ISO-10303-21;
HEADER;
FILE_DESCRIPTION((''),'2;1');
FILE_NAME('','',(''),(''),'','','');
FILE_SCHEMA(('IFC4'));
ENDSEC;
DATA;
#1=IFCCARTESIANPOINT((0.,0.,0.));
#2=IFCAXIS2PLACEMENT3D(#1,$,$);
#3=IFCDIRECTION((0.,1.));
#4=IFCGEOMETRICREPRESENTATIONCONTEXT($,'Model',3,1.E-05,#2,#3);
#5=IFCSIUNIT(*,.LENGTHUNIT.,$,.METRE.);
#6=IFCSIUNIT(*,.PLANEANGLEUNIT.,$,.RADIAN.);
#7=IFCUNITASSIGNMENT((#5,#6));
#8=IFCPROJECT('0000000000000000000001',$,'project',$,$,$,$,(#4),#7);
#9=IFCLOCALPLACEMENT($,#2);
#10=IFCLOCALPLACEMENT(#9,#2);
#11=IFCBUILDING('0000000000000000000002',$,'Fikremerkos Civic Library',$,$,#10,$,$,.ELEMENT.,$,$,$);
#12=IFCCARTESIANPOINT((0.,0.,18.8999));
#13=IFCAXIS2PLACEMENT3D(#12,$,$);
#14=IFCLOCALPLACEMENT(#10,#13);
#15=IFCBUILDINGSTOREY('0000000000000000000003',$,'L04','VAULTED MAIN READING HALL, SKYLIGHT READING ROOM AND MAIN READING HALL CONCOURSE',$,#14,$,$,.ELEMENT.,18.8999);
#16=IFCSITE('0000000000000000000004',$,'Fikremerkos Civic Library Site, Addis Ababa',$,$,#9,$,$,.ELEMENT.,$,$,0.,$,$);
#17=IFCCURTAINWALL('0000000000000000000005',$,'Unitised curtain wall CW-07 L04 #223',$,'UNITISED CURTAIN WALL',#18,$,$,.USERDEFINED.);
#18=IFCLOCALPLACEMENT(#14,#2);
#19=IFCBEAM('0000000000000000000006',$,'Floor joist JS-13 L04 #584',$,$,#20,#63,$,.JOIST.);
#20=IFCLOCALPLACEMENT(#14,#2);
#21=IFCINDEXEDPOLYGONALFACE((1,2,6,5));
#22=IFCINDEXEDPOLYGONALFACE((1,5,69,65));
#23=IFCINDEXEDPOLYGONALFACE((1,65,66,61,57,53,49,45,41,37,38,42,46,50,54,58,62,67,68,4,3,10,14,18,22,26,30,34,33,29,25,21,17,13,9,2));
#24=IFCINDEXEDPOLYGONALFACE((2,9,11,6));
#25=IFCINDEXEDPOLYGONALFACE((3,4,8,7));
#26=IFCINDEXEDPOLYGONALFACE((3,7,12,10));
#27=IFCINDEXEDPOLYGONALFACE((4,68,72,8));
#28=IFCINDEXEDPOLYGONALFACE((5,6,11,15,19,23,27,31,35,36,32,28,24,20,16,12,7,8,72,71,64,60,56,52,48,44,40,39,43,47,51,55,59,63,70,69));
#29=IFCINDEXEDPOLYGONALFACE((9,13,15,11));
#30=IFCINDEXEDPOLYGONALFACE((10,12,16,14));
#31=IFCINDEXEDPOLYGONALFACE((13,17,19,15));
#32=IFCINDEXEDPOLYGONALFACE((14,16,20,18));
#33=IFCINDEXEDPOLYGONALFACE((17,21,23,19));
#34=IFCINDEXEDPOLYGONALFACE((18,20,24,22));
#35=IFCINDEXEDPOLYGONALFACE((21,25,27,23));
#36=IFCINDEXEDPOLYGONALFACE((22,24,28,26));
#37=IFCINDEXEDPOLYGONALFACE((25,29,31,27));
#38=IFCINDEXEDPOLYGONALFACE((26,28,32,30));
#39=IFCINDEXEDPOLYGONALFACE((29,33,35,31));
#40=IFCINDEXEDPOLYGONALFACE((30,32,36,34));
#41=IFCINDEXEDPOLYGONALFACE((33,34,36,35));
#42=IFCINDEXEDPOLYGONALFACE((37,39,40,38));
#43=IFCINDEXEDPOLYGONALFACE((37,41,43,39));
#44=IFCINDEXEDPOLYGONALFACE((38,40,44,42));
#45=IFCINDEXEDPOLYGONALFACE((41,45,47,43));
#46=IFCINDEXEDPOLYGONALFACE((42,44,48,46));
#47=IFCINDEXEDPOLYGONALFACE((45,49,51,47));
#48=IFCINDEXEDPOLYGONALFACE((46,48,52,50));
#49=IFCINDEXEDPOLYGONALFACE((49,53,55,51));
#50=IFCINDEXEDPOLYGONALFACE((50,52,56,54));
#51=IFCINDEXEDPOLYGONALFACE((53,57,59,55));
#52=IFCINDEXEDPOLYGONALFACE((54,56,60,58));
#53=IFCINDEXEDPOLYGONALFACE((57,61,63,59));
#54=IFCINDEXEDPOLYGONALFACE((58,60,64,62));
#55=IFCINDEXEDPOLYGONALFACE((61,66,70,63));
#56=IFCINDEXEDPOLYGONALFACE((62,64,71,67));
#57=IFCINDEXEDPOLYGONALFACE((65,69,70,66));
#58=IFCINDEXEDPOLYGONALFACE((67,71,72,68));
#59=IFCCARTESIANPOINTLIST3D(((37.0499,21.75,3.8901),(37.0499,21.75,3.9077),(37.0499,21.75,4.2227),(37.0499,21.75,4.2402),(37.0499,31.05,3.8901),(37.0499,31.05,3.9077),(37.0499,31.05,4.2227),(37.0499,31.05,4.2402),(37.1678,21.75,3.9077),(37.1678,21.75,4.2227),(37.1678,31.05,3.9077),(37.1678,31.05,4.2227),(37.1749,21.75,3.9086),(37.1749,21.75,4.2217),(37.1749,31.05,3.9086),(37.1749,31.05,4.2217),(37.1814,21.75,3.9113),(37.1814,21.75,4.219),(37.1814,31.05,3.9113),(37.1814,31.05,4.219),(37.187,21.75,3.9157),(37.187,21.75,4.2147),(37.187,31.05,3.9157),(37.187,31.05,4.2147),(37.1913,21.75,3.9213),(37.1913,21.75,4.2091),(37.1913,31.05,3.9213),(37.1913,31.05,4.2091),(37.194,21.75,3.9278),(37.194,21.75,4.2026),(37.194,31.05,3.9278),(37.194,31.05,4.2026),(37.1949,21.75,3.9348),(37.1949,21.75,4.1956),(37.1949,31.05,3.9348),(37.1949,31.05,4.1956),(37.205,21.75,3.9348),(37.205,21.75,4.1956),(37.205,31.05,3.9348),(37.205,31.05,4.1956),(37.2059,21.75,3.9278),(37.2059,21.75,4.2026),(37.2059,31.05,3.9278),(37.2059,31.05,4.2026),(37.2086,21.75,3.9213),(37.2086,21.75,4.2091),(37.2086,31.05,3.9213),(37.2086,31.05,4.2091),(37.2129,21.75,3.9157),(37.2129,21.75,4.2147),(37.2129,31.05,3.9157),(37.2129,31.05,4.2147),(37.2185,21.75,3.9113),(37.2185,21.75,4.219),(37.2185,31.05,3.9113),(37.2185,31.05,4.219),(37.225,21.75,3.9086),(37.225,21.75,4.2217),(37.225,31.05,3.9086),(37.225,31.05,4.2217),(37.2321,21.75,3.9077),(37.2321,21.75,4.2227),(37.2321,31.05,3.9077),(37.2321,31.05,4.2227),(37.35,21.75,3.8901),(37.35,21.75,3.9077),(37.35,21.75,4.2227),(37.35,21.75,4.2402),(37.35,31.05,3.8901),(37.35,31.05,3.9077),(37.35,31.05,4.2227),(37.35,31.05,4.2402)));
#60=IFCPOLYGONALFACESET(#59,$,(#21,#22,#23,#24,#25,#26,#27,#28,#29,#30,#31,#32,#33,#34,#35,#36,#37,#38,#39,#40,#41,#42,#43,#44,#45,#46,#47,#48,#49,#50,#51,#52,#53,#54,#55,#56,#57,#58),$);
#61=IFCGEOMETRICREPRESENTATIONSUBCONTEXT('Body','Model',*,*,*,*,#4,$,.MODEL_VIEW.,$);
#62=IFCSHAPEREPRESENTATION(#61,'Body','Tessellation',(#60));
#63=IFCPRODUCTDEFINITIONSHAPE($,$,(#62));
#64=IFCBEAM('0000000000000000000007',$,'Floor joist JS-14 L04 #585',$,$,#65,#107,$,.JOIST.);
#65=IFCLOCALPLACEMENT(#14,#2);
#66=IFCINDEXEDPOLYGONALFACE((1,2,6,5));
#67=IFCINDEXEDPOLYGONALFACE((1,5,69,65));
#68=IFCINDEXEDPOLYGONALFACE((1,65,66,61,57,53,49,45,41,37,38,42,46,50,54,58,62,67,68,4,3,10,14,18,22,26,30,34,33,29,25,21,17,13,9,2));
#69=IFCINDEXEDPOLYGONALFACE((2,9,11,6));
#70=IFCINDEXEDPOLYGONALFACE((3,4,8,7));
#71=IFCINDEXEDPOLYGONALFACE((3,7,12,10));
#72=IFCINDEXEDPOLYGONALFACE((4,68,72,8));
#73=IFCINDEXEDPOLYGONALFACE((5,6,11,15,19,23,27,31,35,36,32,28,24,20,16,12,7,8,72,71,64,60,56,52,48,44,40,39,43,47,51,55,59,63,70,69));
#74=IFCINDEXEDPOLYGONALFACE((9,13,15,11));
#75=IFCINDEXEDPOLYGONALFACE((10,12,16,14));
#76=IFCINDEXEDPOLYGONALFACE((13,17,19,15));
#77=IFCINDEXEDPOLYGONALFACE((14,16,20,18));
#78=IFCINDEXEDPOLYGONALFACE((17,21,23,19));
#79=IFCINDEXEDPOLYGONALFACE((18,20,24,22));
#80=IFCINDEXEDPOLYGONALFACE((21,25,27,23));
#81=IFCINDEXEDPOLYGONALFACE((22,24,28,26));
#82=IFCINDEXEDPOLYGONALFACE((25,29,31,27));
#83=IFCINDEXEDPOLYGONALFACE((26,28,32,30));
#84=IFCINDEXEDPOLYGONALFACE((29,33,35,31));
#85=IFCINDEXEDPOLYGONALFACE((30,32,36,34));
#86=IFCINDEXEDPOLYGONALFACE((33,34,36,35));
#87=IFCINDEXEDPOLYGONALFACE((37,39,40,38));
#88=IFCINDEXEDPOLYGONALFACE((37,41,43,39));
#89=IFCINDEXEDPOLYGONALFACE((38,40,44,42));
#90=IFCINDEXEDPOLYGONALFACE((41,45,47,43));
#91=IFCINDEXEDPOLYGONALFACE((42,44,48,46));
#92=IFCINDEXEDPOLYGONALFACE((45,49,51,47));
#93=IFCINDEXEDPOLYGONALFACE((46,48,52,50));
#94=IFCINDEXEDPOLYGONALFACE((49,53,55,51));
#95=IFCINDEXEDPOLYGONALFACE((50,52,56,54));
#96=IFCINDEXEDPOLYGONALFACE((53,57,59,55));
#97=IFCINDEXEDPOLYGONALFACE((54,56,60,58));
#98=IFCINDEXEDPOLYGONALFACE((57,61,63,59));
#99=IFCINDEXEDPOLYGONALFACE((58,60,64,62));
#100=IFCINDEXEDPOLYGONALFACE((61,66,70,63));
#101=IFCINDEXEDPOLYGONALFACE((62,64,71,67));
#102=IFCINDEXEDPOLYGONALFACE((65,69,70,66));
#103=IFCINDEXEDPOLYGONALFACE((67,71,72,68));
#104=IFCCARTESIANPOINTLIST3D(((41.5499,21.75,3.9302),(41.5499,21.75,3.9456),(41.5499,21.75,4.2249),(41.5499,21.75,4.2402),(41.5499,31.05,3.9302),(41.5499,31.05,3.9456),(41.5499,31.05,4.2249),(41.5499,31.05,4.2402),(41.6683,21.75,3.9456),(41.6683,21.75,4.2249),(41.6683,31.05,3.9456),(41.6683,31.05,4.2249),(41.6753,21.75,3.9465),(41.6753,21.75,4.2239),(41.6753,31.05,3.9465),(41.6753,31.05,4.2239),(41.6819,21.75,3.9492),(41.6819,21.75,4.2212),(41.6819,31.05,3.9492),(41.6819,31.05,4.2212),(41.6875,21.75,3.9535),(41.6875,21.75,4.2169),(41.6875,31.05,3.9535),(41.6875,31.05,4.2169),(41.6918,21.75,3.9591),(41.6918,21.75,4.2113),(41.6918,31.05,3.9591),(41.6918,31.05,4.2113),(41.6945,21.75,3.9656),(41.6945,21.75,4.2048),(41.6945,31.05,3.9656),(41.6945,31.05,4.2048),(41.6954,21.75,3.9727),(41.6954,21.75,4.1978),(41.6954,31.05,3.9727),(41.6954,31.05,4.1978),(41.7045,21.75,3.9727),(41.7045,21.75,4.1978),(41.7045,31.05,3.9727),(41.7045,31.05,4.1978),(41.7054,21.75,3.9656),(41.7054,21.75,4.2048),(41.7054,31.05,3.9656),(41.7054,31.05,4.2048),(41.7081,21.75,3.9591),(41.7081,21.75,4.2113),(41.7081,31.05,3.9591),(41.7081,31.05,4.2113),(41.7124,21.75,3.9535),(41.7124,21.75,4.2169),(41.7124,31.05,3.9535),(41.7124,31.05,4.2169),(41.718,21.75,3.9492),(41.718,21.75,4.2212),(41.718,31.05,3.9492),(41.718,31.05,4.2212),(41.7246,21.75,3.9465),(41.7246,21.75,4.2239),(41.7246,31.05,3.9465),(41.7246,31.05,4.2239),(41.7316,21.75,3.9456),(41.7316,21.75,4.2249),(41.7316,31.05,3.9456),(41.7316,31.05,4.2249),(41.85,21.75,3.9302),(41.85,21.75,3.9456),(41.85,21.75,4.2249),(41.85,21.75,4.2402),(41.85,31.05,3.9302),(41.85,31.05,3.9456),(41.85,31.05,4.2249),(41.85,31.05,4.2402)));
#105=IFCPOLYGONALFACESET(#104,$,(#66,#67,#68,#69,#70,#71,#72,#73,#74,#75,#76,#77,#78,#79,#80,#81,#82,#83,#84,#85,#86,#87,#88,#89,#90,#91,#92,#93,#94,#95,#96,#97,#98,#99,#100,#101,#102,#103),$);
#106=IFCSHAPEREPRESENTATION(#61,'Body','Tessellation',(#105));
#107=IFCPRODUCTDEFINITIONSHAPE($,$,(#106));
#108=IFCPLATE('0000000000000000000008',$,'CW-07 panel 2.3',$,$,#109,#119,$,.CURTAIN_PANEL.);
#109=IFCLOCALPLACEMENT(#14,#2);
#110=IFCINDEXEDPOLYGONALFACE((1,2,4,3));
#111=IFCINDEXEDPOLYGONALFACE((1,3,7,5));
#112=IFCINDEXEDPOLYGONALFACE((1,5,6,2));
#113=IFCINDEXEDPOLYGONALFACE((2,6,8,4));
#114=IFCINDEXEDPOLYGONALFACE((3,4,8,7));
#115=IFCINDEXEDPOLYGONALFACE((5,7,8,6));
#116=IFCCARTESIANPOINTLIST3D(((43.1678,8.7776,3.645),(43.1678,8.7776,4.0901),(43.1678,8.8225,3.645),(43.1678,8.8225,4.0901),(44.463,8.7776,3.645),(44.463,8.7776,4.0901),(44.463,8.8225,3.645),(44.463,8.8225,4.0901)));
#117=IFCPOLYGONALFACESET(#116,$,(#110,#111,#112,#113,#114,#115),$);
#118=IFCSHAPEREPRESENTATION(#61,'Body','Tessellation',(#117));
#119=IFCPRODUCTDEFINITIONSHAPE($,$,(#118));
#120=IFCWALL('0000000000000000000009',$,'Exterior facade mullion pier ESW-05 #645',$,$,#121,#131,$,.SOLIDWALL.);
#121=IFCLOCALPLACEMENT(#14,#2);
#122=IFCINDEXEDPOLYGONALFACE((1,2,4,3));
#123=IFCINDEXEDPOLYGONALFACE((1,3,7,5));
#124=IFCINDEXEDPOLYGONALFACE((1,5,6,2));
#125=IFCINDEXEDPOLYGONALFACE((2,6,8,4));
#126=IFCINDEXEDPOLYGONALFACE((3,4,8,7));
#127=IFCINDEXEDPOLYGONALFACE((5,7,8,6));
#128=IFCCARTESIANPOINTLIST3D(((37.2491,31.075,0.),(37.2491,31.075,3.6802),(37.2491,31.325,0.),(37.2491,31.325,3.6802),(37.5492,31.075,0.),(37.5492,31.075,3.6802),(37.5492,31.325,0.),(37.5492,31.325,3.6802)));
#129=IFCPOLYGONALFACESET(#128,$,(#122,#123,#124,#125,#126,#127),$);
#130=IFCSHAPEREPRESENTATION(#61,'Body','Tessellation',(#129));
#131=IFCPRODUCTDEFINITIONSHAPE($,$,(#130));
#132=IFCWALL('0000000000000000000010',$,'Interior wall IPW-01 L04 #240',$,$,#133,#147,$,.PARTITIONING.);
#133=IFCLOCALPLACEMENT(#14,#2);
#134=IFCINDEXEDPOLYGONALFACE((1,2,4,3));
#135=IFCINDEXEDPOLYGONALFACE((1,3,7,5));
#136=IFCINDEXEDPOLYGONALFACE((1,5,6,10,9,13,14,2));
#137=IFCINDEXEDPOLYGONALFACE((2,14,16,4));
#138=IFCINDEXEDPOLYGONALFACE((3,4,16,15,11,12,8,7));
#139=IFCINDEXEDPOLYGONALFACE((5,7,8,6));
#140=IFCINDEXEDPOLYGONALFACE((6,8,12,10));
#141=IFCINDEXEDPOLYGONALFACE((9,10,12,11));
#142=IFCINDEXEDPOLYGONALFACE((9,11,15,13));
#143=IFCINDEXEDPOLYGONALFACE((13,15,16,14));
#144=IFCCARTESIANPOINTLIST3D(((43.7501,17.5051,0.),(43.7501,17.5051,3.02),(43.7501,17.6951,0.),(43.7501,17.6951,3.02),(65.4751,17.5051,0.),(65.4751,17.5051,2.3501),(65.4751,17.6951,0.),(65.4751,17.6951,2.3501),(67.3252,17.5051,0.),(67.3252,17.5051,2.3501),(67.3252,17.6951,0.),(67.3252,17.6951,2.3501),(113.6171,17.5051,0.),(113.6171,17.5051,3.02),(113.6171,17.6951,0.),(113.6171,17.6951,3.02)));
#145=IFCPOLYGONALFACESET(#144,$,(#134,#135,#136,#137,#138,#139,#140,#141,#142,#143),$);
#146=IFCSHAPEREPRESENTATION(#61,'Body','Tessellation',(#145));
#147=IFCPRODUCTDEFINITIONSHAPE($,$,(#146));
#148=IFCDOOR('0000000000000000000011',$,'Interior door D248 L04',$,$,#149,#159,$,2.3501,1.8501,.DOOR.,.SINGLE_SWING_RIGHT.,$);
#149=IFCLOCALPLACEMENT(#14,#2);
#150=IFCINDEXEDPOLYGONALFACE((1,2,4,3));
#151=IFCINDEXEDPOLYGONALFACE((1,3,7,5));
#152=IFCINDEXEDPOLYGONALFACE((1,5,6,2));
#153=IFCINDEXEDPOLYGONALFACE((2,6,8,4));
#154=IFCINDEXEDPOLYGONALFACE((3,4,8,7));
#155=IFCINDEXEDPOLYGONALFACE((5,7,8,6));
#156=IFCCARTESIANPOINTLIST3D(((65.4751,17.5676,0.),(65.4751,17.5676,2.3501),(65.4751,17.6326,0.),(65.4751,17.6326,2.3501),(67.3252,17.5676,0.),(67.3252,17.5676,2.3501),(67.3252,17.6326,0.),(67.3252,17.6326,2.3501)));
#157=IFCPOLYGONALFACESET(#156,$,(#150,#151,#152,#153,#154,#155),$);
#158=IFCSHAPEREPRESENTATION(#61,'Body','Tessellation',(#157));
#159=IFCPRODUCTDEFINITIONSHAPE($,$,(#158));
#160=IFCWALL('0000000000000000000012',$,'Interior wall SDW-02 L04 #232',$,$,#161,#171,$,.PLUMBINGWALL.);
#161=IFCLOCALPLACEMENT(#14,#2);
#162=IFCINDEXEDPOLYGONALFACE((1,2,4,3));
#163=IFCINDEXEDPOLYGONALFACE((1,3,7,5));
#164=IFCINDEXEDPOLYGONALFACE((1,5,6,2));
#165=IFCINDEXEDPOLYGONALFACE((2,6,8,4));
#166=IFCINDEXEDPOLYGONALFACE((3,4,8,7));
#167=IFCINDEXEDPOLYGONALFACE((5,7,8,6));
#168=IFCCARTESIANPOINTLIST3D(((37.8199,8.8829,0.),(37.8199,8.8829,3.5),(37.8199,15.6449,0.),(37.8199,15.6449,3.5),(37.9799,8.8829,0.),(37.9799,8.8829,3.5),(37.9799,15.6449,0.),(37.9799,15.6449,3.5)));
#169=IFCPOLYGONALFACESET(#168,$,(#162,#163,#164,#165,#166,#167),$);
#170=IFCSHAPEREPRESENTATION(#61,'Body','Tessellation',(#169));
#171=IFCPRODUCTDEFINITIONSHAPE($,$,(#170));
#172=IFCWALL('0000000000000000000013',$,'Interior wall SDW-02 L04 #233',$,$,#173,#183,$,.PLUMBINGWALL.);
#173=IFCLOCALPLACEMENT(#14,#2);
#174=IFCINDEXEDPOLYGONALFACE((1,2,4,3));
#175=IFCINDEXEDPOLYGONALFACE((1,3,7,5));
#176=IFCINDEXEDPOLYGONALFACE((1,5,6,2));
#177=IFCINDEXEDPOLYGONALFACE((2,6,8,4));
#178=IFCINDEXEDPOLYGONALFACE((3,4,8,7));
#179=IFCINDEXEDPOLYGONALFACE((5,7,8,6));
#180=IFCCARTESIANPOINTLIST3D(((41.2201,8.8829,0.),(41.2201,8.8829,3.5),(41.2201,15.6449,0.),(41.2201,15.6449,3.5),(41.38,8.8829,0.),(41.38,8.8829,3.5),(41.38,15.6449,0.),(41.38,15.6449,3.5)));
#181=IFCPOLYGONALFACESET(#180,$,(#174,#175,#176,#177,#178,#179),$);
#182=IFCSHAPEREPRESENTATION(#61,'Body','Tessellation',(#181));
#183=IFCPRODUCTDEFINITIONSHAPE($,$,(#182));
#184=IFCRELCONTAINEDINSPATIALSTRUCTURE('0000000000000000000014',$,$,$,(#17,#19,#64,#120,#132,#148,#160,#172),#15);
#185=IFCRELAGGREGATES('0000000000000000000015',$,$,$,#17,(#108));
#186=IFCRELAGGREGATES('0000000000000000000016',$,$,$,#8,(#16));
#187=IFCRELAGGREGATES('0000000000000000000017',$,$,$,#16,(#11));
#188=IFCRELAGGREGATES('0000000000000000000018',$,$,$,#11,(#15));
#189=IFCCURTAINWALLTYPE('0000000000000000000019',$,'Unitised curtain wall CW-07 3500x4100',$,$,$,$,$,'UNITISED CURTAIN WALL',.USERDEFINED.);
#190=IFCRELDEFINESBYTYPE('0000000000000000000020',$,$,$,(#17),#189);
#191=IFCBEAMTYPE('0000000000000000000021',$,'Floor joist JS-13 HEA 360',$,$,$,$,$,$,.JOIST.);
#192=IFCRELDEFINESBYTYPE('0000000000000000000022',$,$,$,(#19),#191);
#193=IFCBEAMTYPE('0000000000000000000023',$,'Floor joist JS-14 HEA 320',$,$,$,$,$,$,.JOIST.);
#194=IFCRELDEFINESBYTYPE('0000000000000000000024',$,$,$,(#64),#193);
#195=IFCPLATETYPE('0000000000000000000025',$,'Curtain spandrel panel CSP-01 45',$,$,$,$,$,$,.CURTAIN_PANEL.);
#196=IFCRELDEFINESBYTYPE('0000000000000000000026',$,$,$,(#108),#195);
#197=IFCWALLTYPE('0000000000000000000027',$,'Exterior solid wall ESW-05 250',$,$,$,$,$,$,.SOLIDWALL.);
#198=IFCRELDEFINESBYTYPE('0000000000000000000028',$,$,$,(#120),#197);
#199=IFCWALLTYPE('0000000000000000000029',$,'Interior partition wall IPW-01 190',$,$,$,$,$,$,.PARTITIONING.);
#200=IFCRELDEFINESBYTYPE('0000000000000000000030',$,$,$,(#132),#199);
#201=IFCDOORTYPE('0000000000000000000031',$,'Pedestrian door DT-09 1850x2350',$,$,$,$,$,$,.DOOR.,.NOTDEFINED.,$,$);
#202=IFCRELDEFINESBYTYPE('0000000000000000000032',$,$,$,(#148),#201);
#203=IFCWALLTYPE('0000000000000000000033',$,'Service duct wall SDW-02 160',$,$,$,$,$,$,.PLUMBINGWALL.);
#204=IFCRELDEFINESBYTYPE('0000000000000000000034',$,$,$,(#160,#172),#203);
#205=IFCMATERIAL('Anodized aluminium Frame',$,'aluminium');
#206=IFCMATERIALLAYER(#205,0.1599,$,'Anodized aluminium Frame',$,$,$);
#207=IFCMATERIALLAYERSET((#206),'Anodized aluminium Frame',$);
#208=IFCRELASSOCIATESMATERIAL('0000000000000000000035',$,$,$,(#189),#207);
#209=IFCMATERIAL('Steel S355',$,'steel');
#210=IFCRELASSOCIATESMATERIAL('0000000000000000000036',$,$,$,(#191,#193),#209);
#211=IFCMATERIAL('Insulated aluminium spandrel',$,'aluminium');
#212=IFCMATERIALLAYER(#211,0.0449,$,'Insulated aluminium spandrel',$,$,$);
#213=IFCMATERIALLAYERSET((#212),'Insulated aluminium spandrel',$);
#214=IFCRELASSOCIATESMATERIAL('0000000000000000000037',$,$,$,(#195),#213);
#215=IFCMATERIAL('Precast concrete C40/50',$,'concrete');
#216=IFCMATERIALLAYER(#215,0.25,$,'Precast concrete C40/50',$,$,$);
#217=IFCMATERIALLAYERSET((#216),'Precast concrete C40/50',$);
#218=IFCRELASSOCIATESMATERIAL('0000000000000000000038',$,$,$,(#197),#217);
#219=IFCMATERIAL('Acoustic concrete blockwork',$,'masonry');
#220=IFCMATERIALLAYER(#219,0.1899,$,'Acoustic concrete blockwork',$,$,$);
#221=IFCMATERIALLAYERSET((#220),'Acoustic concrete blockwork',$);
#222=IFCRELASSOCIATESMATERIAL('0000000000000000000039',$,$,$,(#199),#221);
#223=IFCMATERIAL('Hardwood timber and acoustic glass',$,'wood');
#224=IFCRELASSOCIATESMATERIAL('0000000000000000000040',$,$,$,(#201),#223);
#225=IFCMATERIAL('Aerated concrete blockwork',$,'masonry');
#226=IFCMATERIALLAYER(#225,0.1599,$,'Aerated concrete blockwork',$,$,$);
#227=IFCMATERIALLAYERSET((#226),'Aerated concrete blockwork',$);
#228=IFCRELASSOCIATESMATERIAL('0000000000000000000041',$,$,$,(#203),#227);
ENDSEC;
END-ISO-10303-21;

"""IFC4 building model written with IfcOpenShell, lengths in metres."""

from ifc_helpers import new_model, si_unit, direction, frame, frame_2d, origin, origin_2d, place, context, subcontext, project, spatial, rectangle, i_section, extrude, material, layer, layer_set, material_profile, profile_set, type_object, element, fill, aggregate, save


model = new_model("IFC4")

# Units and contexts
model_context = context("Model", 3, precision=1e-05, world=origin(), true_north=direction((0.0, 1.0)))
body_context = subcontext(model_context, "Body", "Model", "MODEL_VIEW")
ifc_project = project(units=[si_unit("LENGTHUNIT", "METRE"), si_unit("PLANEANGLEUNIT", "RADIAN")], contexts=[model_context])

# Site, building, storey
site_placement = place(None, origin())
site = spatial("IfcSite", under=ifc_project, at=site_placement, Name="Fikremerkos Civic Library Site, Addis Ababa", CompositionType="ELEMENT", RefElevation=0.0)
building_placement = place(site_placement, origin())
building = spatial("IfcBuilding", under=site, at=building_placement, Name="Fikremerkos Civic Library", CompositionType="ELEMENT")
storey_placement = place(building_placement, frame((0.0, 0.0, 18.8999)))
storey = spatial("IfcBuildingStorey", under=building, at=storey_placement, Name="L04", Description="VAULTED MAIN READING HALL, SKYLIGHT READING ROOM AND MAIN READING HALL CONCOURSE", CompositionType="ELEMENT", Elevation=18.8999)

# Shared definitions
ifc_material_1 = material(Name="Anodized aluminium Frame", Category="aluminium")

# Curtain wall
ifc_layer_1 = layer(ifc_material_1, 0.1599, Name="Anodized aluminium Frame")
ifc_layer_set_1 = layer_set([ifc_layer_1], Name="Anodized aluminium Frame")
curtain_wall_type_1 = type_object("IfcCurtainWallType", Name="Unitised curtain wall CW-07 3500x4100", ElementType="UNITISED CURTAIN WALL", PredefinedType="USERDEFINED", material=ifc_layer_set_1)
curtain_wall_1_placement = place(storey_placement, origin())
curtain_wall_1 = element("IfcCurtainWall", 1, at=curtain_wall_1_placement, inside=storey, type_object=curtain_wall_type_1, Name="Unitised curtain wall CW-07 L04 #223", ObjectType="UNITISED CURTAIN WALL", PredefinedType="USERDEFINED")

# Beams
ifc_material_2 = material(Name="Steel S355", Category="steel")
ifc_material_profile_1 = material_profile(ifc_material_2, i_section(OverallWidth=0.3, OverallDepth=0.3501, WebThickness=0.01, FlangeThickness=0.0176, FilletRadius=0.0271, at=origin_2d()), Name="HEA 360")
ifc_profile_set_1 = profile_set([ifc_material_profile_1], Name="Steel S355")
beam_type_1 = type_object("IfcBeamType", Name="Floor joist JS-13 HEA 360", PredefinedType="JOIST", material=ifc_profile_set_1)
beam_1_placement = place(storey_placement, frame((37.2, 21.75, 4.0652), z_axis=(0.0, 1.0, 0.0), x_axis=(-1.0, 0.0, 0.0)))
element("IfcBeam", 2, at=beam_1_placement, inside=storey, type_object=beam_type_1, Name="Floor joist JS-13 L04 #584", PredefinedType="JOIST", context=body_context, shape_type="SweptSolid", body=[
    extrude(i_section(OverallWidth=0.3, OverallDepth=0.3501, WebThickness=0.01, FlangeThickness=0.0176, FilletRadius=0.0271, at=origin_2d()), origin(), (0.0, 0.0, 1.0), 9.3),
])
ifc_material_profile_2 = material_profile(ifc_material_2, i_section(OverallWidth=0.3, OverallDepth=0.3101, WebThickness=0.009, FlangeThickness=0.0154, FilletRadius=0.0271, at=origin_2d()), Name="HEA 320")
ifc_profile_set_2 = profile_set([ifc_material_profile_2], Name="Steel S355")
beam_type_2 = type_object("IfcBeamType", Name="Floor joist JS-14 HEA 320", PredefinedType="JOIST", material=ifc_profile_set_2)
beam_2_placement = place(storey_placement, frame((41.7, 21.75, 4.0852), z_axis=(0.0, 1.0, 0.0), x_axis=(-1.0, 0.0, 0.0)))
element("IfcBeam", 3, at=beam_2_placement, inside=storey, type_object=beam_type_2, Name="Floor joist JS-14 L04 #585", PredefinedType="JOIST", context=body_context, shape_type="SweptSolid", body=[
    extrude(i_section(OverallWidth=0.3, OverallDepth=0.3101, WebThickness=0.009, FlangeThickness=0.0154, FilletRadius=0.0271, at=origin_2d()), origin(), (0.0, 0.0, 1.0), 9.3),
])

# Plate
ifc_material_3 = material(Name="Insulated aluminium spandrel", Category="aluminium")
ifc_layer_2 = layer(ifc_material_3, 0.0449, Name="Insulated aluminium spandrel")
ifc_layer_set_2 = layer_set([ifc_layer_2], Name="Insulated aluminium spandrel")
plate_type = type_object("IfcPlateType", Name="Curtain spandrel panel CSP-01 45", PredefinedType="CURTAIN_PANEL", material=ifc_layer_set_2)
plate_placement = place(storey_placement, frame((43.8154, 8.8, 3.645), z_axis=(0.0, 0.0, 1.0), x_axis=(-1.0, 0.0, 0.0)))
plate = element("IfcPlate", 4, at=plate_placement, type_object=plate_type, Name="CW-07 panel 2.3", PredefinedType="CURTAIN_PANEL", context=body_context, shape_type="SweptSolid", body=[
    extrude(rectangle(XDim=1.2952, YDim=0.0449, at=origin_2d()), origin(), (0.0, 0.0, 1.0), 0.4451),
])
aggregate(curtain_wall_1, [plate])

# Wall
ifc_material_4 = material(Name="Precast concrete C40/50", Category="concrete")
ifc_layer_3 = layer(ifc_material_4, 0.25, Name="Precast concrete C40/50")
ifc_layer_set_3 = layer_set([ifc_layer_3], Name="Precast concrete C40/50")
wall_type_1 = type_object("IfcWallType", Name="Exterior solid wall ESW-05 250", PredefinedType="SOLIDWALL", material=ifc_layer_set_3)
wall_1_placement = place(storey_placement, frame((37.2493, 31.2, 0.0), z_axis=(0.0, 0.0, 1.0), x_axis=(1.0, 0.0, 0.0)))
element("IfcWall", 5, at=wall_1_placement, inside=storey, type_object=wall_type_1, Name="Exterior facade mullion pier ESW-05 #645", PredefinedType="SOLIDWALL", context=body_context, shape_type="SweptSolid", body=[
    extrude(rectangle(XDim=0.3, YDim=0.25, at=frame_2d((0.1499, 0.0))), origin(), (0.0, 0.0, 1.0), 3.6802),
])

# Wall, opening, door
ifc_material_5 = material(Name="Acoustic concrete blockwork", Category="masonry")
ifc_layer_4 = layer(ifc_material_5, 0.1899, Name="Acoustic concrete blockwork")
ifc_layer_set_4 = layer_set([ifc_layer_4], Name="Acoustic concrete blockwork")
wall_type_2 = type_object("IfcWallType", Name="Interior partition wall IPW-01 190", PredefinedType="PARTITIONING", material=ifc_layer_set_4)
wall_2_placement = place(storey_placement, frame((43.75, 17.6001, 0.0), z_axis=(0.0, 0.0, 1.0), x_axis=(1.0, 0.0, 0.0)))
wall_2 = element("IfcWall", 6, at=wall_2_placement, inside=storey, type_object=wall_type_2, Name="Interior wall IPW-01 L04 #240", PredefinedType="PARTITIONING", context=body_context, shape_type="SweptSolid", body=[
    extrude(rectangle(XDim=69.8669, YDim=0.1899, at=frame_2d((34.9336, 0.0))), origin(), (0.0, 0.0, 1.0), 3.02),
])
opening_placement = place(wall_2_placement, frame((21.7251, 0.0, 0.0)))
opening = element("IfcOpeningElement", 7, at=opening_placement, cuts=wall_2, PredefinedType="OPENING", context=body_context, shape_type="SweptSolid", body=[
    extrude(rectangle(XDim=1.8501, YDim=2.3501, at=frame_2d((0.925, 1.175))), frame((0.0, 0.105, 0.0), z_axis=(0.0, -1.0, 0.0), x_axis=(1.0, 0.0, 0.0)), (0.0, 0.0, 1.0), 0.21),
])
ifc_material_6 = material(Name="Hardwood timber and acoustic glass", Category="wood")
door_type = type_object("IfcDoorType", Name="Pedestrian door DT-09 1850x2350", OperationType="NOTDEFINED", PredefinedType="DOOR", material=ifc_material_6)
door_placement = place(opening_placement, origin())
door = element("IfcDoor", 8, at=door_placement, inside=storey, type_object=door_type, Name="Interior door D248 L04", OperationType="SINGLE_SWING_RIGHT", OverallHeight=2.3501, OverallWidth=1.8501, PredefinedType="DOOR", context=body_context, shape_type="SweptSolid", body=[
    extrude(rectangle(XDim=1.8501, YDim=2.3501, at=frame_2d((0.925, 1.175))), frame((0.0, 0.0325, 0.0), z_axis=(0.0, -1.0, 0.0), x_axis=(1.0, 0.0, 0.0)), (0.0, 0.0, 1.0), 0.0649),
])
fill(opening, door)

# Walls
ifc_material_7 = material(Name="Aerated concrete blockwork", Category="masonry")
ifc_layer_5 = layer(ifc_material_7, 0.1599, Name="Aerated concrete blockwork")
ifc_layer_set_5 = layer_set([ifc_layer_5], Name="Aerated concrete blockwork")
wall_type_3 = type_object("IfcWallType", Name="Service duct wall SDW-02 160", PredefinedType="PLUMBINGWALL", material=ifc_layer_set_5)
for number, where, z_axis, x_axis, name in (
    (9, (37.8999, 8.8831, 0.0), (0.0, 0.0, 1.0), (0.0, 1.0, 0.0), "Interior wall SDW-02 L04 #232"),
    (10, (41.3, 8.8831, 0.0), (0.0, 0.0, 1.0), (0.0, 1.0, 0.0), "Interior wall SDW-02 L04 #233"),
):
    element("IfcWall", number, at=place(storey_placement, frame(where, z_axis=z_axis, x_axis=x_axis)), inside=storey, type_object=wall_type_3, Name=name, PredefinedType="PLUMBINGWALL", context=body_context, shape_type="SweptSolid", body=[
        extrude(rectangle(XDim=6.762, YDim=0.1599, at=frame_2d((3.3809, 0.0))), origin(), (0.0, 0.0, 1.0), 3.5),
    ])

save(model, "model.ifc")
